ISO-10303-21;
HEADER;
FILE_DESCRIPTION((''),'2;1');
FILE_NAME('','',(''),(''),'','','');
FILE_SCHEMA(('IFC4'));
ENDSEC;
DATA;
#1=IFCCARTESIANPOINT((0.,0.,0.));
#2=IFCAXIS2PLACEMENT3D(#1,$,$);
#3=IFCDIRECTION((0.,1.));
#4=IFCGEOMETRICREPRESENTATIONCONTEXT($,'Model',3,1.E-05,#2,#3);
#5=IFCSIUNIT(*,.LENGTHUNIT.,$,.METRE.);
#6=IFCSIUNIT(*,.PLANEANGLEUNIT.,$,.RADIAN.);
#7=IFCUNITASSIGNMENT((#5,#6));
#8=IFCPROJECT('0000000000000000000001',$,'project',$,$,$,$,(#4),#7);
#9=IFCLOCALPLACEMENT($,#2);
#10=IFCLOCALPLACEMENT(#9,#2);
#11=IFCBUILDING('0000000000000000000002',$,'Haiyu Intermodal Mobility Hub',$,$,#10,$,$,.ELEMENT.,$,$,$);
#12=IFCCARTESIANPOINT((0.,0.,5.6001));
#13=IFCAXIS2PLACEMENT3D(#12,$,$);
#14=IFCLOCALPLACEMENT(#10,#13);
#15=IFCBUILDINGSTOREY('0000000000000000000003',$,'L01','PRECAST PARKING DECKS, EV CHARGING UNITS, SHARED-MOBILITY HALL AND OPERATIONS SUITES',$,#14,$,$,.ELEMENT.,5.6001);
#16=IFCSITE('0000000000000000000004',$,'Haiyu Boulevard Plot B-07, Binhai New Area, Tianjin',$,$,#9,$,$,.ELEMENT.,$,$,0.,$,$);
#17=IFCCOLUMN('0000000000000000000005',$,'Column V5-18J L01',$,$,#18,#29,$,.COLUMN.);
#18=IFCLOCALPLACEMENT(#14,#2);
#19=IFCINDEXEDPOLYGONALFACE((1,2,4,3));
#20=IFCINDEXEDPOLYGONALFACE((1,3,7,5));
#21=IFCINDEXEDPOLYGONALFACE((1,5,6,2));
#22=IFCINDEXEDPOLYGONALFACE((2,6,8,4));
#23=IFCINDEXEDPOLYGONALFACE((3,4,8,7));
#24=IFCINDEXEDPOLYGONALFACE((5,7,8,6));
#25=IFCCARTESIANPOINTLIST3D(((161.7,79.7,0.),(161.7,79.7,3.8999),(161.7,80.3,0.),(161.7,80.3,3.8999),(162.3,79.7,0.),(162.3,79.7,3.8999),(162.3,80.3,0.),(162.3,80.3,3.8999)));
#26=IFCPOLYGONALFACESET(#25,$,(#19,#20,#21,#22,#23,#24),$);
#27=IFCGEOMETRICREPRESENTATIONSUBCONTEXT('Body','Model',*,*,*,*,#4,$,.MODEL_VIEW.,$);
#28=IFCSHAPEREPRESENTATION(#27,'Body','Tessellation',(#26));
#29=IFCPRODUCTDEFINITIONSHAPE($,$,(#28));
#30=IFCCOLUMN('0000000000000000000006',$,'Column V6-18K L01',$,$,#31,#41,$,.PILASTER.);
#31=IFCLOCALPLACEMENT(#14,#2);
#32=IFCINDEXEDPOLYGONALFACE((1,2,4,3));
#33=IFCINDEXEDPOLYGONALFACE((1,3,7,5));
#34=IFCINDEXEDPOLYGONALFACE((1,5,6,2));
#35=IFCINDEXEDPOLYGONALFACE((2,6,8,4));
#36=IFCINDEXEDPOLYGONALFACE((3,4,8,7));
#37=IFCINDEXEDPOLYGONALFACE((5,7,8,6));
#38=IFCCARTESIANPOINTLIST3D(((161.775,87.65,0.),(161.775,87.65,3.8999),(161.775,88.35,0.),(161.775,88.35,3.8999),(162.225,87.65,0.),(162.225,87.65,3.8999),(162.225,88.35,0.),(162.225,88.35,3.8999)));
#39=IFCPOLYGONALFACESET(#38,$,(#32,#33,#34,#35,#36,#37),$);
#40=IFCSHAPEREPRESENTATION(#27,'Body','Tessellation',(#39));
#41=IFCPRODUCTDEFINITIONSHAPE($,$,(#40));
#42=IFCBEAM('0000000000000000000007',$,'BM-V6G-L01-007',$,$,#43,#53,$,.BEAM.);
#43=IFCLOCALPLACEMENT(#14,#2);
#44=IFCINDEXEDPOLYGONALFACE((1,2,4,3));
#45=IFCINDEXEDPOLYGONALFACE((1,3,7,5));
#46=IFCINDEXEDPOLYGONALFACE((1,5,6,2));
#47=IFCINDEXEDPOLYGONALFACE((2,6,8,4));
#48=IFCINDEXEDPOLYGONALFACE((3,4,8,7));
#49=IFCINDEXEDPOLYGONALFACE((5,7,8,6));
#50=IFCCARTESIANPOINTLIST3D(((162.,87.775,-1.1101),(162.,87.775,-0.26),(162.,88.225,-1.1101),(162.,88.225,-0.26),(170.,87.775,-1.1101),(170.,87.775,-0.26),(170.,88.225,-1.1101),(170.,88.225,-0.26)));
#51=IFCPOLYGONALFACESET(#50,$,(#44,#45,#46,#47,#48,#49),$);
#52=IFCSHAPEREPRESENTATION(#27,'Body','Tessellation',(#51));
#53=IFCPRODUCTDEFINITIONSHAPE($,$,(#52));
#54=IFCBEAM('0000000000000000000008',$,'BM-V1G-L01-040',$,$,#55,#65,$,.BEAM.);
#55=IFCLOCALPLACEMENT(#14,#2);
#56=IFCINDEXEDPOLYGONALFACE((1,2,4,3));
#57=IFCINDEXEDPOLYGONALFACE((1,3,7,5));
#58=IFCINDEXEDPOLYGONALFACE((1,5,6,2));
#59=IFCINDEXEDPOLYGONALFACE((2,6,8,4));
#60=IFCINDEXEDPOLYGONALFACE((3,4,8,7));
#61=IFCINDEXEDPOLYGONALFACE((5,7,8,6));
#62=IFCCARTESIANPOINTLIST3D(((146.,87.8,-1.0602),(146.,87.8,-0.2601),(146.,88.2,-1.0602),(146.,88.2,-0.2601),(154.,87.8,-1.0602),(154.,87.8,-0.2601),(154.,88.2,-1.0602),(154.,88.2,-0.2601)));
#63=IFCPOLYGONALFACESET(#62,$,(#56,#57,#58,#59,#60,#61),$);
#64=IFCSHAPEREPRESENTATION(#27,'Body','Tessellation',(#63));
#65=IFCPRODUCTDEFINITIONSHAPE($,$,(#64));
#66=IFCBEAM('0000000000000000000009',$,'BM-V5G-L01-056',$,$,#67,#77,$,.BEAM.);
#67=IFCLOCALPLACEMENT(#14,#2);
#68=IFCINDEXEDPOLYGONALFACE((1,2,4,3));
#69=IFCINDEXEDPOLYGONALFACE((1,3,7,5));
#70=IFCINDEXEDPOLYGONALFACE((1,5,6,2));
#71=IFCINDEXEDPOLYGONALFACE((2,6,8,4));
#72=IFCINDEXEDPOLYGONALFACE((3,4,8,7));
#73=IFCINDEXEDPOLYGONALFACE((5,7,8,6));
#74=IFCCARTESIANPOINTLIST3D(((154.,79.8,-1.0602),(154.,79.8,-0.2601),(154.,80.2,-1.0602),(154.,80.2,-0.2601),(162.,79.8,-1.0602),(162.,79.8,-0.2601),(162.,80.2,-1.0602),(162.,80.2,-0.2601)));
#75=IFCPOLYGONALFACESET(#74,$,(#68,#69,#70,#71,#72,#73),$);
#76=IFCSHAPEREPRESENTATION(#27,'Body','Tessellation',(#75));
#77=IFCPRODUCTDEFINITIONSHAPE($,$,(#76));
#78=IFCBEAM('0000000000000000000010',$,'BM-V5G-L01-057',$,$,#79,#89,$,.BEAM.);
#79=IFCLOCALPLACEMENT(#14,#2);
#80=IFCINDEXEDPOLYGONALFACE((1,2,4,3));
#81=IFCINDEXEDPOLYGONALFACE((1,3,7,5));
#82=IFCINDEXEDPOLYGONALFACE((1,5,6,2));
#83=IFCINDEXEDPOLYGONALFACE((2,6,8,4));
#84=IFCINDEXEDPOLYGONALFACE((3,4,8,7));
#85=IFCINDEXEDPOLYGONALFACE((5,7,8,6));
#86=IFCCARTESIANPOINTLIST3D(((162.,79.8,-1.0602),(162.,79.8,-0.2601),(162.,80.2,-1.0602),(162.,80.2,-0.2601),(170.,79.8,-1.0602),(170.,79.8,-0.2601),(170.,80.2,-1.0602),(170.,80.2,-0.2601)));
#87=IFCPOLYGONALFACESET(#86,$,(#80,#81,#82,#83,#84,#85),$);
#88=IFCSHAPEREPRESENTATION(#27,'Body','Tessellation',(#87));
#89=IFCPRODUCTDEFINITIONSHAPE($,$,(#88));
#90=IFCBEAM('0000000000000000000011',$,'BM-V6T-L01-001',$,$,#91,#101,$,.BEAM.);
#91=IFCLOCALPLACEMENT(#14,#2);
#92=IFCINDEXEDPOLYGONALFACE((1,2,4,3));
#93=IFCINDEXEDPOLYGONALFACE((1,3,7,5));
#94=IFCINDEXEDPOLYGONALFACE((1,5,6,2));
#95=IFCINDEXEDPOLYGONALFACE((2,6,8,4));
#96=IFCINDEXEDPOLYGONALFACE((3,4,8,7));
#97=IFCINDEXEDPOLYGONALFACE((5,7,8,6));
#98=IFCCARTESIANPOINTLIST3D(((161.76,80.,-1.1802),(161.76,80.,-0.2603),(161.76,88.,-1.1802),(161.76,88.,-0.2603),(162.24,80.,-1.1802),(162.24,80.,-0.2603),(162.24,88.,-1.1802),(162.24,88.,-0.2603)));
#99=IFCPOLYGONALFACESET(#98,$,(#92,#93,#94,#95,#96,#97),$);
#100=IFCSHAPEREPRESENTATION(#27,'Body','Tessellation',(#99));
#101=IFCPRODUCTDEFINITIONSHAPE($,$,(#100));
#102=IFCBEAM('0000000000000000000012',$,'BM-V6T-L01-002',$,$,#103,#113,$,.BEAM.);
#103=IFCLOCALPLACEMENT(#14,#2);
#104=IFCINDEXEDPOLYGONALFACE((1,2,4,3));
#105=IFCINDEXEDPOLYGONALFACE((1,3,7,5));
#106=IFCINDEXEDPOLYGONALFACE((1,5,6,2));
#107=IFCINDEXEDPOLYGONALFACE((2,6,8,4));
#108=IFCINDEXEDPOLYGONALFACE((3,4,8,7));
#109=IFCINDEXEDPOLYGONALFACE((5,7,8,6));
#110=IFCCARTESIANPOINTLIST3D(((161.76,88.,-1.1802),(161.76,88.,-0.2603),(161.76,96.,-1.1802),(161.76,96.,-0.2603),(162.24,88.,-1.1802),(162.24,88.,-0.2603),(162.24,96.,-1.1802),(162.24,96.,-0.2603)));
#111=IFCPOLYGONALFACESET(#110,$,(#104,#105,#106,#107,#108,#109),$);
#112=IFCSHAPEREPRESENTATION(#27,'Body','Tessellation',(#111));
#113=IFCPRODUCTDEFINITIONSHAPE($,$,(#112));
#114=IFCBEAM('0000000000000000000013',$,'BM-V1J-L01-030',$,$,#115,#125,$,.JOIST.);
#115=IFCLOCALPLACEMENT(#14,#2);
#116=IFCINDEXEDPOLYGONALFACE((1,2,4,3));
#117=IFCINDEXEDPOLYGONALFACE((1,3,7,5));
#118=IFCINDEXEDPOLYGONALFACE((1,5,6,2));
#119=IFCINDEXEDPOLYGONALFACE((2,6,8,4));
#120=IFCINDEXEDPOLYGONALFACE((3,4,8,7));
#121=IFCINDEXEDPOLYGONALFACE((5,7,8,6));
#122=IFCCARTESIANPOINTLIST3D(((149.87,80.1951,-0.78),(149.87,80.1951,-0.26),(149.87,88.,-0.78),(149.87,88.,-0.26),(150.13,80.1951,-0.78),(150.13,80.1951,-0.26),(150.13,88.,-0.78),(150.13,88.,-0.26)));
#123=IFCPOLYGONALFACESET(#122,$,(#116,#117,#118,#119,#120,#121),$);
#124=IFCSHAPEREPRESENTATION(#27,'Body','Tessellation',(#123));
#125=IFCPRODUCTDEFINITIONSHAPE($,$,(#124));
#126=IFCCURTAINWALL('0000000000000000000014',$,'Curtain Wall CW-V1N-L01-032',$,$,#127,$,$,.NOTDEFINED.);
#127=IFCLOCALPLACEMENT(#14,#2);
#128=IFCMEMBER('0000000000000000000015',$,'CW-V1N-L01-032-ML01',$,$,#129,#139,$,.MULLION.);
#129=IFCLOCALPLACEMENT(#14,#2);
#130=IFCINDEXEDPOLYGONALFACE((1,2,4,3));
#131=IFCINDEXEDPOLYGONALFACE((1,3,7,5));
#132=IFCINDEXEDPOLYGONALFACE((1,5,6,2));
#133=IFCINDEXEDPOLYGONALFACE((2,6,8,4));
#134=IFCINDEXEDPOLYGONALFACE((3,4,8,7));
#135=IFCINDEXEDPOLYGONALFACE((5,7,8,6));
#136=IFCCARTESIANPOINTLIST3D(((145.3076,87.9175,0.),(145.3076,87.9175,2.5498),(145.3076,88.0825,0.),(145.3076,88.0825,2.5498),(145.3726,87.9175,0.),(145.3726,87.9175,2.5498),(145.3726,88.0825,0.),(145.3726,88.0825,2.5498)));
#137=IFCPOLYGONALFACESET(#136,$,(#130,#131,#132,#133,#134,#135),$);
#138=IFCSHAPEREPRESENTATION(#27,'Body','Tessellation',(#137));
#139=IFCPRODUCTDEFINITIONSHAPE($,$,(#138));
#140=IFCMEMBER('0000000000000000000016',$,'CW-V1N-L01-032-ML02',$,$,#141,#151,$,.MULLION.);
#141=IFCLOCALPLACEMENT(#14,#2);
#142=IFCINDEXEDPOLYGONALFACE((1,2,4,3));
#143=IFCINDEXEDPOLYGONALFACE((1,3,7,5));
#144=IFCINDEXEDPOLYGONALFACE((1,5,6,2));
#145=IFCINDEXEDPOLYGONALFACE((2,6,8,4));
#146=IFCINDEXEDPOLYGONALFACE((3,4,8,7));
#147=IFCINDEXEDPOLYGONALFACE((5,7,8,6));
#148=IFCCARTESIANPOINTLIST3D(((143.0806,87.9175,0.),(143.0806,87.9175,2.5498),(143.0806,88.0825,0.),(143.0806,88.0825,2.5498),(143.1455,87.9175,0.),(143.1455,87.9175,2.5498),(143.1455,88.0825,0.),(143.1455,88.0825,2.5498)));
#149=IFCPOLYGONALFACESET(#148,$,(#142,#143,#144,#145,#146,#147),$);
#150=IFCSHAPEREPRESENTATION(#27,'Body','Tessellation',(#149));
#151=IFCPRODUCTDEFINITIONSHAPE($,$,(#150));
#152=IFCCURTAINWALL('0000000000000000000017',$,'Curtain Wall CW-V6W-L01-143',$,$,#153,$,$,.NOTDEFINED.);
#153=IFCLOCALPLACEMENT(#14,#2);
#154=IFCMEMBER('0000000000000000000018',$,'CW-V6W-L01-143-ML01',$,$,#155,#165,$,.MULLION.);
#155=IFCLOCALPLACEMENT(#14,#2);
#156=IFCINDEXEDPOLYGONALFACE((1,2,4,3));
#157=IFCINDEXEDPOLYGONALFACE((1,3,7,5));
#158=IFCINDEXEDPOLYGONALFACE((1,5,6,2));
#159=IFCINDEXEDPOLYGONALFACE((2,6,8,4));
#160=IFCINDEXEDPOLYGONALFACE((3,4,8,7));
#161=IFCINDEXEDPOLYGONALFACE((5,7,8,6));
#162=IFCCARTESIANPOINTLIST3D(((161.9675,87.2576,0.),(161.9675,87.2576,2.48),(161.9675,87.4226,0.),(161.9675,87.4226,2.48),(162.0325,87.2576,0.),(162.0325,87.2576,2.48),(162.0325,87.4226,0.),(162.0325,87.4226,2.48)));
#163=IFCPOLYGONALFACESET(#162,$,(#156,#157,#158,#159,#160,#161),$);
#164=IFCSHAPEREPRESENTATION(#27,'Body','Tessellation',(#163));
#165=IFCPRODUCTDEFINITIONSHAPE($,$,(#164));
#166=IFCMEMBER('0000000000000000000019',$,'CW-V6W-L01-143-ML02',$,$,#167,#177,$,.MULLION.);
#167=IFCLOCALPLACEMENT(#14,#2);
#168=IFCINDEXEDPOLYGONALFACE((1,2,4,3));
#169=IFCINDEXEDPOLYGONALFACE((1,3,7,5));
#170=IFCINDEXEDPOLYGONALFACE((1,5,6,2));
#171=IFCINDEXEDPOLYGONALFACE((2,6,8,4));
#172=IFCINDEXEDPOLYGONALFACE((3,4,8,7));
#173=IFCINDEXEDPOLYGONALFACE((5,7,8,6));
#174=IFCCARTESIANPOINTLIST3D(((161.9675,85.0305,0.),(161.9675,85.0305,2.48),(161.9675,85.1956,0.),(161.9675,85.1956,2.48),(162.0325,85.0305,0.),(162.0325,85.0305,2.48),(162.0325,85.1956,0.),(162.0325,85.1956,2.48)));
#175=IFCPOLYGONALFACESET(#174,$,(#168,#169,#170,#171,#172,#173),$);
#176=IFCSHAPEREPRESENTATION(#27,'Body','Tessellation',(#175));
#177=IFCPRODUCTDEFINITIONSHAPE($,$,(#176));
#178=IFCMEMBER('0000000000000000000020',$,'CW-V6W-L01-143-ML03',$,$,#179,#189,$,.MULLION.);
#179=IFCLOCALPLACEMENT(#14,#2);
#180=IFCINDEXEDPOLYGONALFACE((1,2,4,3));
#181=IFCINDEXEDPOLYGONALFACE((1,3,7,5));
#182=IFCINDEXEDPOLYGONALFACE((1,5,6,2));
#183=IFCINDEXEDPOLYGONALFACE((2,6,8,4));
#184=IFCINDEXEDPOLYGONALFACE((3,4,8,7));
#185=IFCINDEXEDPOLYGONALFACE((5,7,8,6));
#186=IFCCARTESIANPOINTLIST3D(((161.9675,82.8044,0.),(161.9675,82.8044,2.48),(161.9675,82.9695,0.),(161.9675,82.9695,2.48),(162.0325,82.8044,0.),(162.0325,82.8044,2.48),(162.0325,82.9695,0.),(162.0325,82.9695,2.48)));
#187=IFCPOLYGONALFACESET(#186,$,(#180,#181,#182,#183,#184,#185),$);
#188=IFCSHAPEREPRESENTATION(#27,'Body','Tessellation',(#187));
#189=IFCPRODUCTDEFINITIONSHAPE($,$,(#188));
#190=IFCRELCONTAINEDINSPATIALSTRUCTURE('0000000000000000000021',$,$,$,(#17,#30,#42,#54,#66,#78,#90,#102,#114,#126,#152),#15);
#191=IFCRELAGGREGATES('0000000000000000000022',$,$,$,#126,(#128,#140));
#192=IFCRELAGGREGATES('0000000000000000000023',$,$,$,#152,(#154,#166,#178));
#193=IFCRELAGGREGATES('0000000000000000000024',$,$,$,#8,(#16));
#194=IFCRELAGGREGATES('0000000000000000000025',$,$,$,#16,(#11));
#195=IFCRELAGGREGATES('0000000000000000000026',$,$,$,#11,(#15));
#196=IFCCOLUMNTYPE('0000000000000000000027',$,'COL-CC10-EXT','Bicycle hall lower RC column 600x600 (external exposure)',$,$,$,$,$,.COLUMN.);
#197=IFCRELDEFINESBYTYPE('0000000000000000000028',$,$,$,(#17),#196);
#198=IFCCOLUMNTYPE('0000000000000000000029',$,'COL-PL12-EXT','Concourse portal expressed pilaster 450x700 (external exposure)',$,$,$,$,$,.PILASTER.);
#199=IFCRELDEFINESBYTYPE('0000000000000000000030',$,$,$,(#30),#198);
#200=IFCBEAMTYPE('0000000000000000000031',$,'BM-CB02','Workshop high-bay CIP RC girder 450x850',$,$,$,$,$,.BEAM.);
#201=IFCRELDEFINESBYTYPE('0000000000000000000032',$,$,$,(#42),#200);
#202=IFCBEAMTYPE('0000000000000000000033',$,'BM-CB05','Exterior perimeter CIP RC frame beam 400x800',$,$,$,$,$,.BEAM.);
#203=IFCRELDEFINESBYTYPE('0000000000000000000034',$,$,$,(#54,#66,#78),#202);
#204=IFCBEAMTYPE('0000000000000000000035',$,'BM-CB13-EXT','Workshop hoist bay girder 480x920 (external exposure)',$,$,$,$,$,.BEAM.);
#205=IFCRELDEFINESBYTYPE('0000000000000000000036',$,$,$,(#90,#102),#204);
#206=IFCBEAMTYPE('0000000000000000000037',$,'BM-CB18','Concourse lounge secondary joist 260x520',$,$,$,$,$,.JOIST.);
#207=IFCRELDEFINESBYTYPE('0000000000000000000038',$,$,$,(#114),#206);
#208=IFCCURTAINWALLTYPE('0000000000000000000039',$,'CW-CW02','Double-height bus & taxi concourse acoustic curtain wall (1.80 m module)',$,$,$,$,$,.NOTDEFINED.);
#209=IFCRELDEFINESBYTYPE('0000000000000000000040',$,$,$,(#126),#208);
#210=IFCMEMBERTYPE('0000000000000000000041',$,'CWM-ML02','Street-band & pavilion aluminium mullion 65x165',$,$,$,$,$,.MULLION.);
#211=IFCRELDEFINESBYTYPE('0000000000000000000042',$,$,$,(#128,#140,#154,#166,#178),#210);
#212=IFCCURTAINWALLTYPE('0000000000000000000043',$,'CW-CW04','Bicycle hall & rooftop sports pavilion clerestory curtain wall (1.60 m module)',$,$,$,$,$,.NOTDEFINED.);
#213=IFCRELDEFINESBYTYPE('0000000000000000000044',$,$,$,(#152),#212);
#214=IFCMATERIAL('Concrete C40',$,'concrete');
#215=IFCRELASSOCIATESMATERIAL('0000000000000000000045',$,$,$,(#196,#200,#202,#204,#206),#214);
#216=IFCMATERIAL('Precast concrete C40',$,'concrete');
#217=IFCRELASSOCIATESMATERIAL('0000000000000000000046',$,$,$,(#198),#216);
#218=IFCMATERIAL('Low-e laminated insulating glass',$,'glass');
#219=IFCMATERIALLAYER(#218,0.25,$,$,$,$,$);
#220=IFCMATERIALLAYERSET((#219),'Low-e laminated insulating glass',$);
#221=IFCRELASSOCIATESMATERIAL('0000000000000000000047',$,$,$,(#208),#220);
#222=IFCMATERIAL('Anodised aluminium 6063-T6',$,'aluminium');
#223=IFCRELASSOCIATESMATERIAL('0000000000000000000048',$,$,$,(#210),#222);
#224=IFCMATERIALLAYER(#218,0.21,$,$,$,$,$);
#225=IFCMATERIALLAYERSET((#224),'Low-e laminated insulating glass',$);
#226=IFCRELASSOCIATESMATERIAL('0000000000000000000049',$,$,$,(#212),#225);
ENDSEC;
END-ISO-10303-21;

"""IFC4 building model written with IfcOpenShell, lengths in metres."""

from ifc_helpers import new_model, si_unit, direction, frame, origin, origin_2d, place, context, subcontext, project, spatial, rectangle, extrude, material, layer, layer_set, material_profile, profile_set, type_object, element, aggregate, save


model = new_model("IFC4")

# Units and contexts
model_context = context("Model", 3, precision=1e-05, world=origin(), true_north=direction((0.0, 1.0)))
body_context = subcontext(model_context, "Body", "Model", "MODEL_VIEW")
ifc_project = project(units=[si_unit("LENGTHUNIT", "METRE"), si_unit("PLANEANGLEUNIT", "RADIAN")], contexts=[model_context])

# Site, building, storey
site_placement = place(None, origin())
site = spatial("IfcSite", under=ifc_project, at=site_placement, Name="Haiyu Boulevard Plot B-07, Binhai New Area, Tianjin", CompositionType="ELEMENT", RefElevation=0.0)
building_placement = place(site_placement, origin())
building = spatial("IfcBuilding", under=site, at=building_placement, Name="Haiyu Intermodal Mobility Hub", CompositionType="ELEMENT")
storey_placement = place(building_placement, frame((0.0, 0.0, 5.6001)))
storey = spatial("IfcBuildingStorey", under=building, at=storey_placement, Name="L01", Description="PRECAST PARKING DECKS, EV CHARGING UNITS, SHARED-MOBILITY HALL AND OPERATIONS SUITES", CompositionType="ELEMENT", Elevation=5.6001)

# Columns
ifc_material_1 = material(Name="Concrete C40", Category="concrete")
ifc_material_profile_1 = material_profile(ifc_material_1, rectangle(XDim=0.6001, YDim=0.6001, at=origin_2d()), Name="RC600x600")
ifc_profile_set_1 = profile_set([ifc_material_profile_1], Name="Concrete C40")
column_type_1 = type_object("IfcColumnType", Name="COL-CC10-EXT", Description="Bicycle hall lower RC column 600x600 (external exposure)", PredefinedType="COLUMN", material=ifc_profile_set_1)
column_1_placement = place(storey_placement, frame((162.0, 80.0, 0.0), z_axis=(0.0, 0.0, 1.0), x_axis=(1.0, 0.0, 0.0)))
element("IfcColumn", 1, at=column_1_placement, inside=storey, type_object=column_type_1, Name="Column V5-18J L01", PredefinedType="COLUMN", context=body_context, shape_type="SweptSolid", body=[
    extrude(rectangle(XDim=0.6001, YDim=0.6001, at=origin_2d()), origin(), (0.0, 0.0, 1.0), 3.8999),
])
ifc_material_2 = material(Name="Precast concrete C40", Category="concrete")
ifc_material_profile_2 = material_profile(ifc_material_2, rectangle(XDim=0.45, YDim=0.7, at=origin_2d()), Name="RC450x700")
ifc_profile_set_2 = profile_set([ifc_material_profile_2], Name="Precast concrete C40")
column_type_2 = type_object("IfcColumnType", Name="COL-PL12-EXT", Description="Concourse portal expressed pilaster 450x700 (external exposure)", PredefinedType="PILASTER", material=ifc_profile_set_2)
column_2_placement = place(storey_placement, frame((162.0, 88.0, 0.0), z_axis=(0.0, 0.0, 1.0), x_axis=(1.0, 0.0, 0.0)))
element("IfcColumn", 2, at=column_2_placement, inside=storey, type_object=column_type_2, Name="Column V6-18K L01", PredefinedType="PILASTER", context=body_context, shape_type="SweptSolid", body=[
    extrude(rectangle(XDim=0.45, YDim=0.7, at=origin_2d()), origin(), (0.0, 0.0, 1.0), 3.8999),
])

# Beams
ifc_material_profile_3 = material_profile(ifc_material_1, rectangle(XDim=0.45, YDim=0.8501, at=origin_2d()), Name="RCB450x850")
ifc_profile_set_3 = profile_set([ifc_material_profile_3], Name="Concrete C40")
beam_type_1 = type_object("IfcBeamType", Name="BM-CB02", Description="Workshop high-bay CIP RC girder 450x850", PredefinedType="BEAM", material=ifc_profile_set_3)
beam_1_placement = place(storey_placement, frame((162.0, 88.0, -0.6851), z_axis=(1.0, 0.0, 0.0), x_axis=(0.0, 1.0, 0.0)))
element("IfcBeam", 3, at=beam_1_placement, inside=storey, type_object=beam_type_1, Name="BM-V6G-L01-007", PredefinedType="BEAM", context=body_context, shape_type="SweptSolid", body=[
    extrude(rectangle(XDim=0.45, YDim=0.8501, at=origin_2d()), origin(), (0.0, 0.0, 1.0), 8.0),
])
ifc_material_profile_4 = material_profile(ifc_material_1, rectangle(XDim=0.3999, YDim=0.8, at=origin_2d()), Name="RCB400x800")
ifc_profile_set_4 = profile_set([ifc_material_profile_4], Name="Concrete C40")
beam_type_2 = type_object("IfcBeamType", Name="BM-CB05", Description="Exterior perimeter CIP RC frame beam 400x800", PredefinedType="BEAM", material=ifc_profile_set_4)
for number, where, z_axis, x_axis, name in (
    (4, (146.0, 88.0, -0.6602), (1.0, 0.0, 0.0), (0.0, 1.0, 0.0), "BM-V1G-L01-040"),
    (5, (154.0, 80.0, -0.6602), (1.0, 0.0, 0.0), (0.0, 1.0, 0.0), "BM-V5G-L01-056"),
    (6, (162.0, 80.0, -0.6602), (1.0, 0.0, 0.0), (0.0, 1.0, 0.0), "BM-V5G-L01-057"),
):
    element("IfcBeam", number, at=place(storey_placement, frame(where, z_axis=z_axis, x_axis=x_axis)), inside=storey, type_object=beam_type_2, Name=name, PredefinedType="BEAM", context=body_context, shape_type="SweptSolid", body=[
        extrude(rectangle(XDim=0.3999, YDim=0.8, at=origin_2d()), origin(), (0.0, 0.0, 1.0), 8.0),
    ])
ifc_material_profile_5 = material_profile(ifc_material_1, rectangle(XDim=0.48, YDim=0.9199, at=origin_2d()), Name="B480x920")
ifc_profile_set_5 = profile_set([ifc_material_profile_5], Name="Concrete C40")
beam_type_3 = type_object("IfcBeamType", Name="BM-CB13-EXT", Description="Workshop hoist bay girder 480x920 (external exposure)", PredefinedType="BEAM", material=ifc_profile_set_5)
for number, where, z_axis, x_axis, name in (
    (7, (162.0, 80.0, -0.7202), (0.0, 1.0, 0.0), (-1.0, 0.0, 0.0), "BM-V6T-L01-001"),
    (8, (162.0, 88.0, -0.7202), (0.0, 1.0, 0.0), (-1.0, 0.0, 0.0), "BM-V6T-L01-002"),
):
    element("IfcBeam", number, at=place(storey_placement, frame(where, z_axis=z_axis, x_axis=x_axis)), inside=storey, type_object=beam_type_3, Name=name, PredefinedType="BEAM", context=body_context, shape_type="SweptSolid", body=[
        extrude(rectangle(XDim=0.48, YDim=0.9199, at=origin_2d()), origin(), (0.0, 0.0, 1.0), 8.0),
    ])
ifc_material_profile_6 = material_profile(ifc_material_1, rectangle(XDim=0.26, YDim=0.52, at=origin_2d()), Name="B260x520")
ifc_profile_set_6 = profile_set([ifc_material_profile_6], Name="Concrete C40")
beam_type_4 = type_object("IfcBeamType", Name="BM-CB18", Description="Concourse lounge secondary joist 260x520", PredefinedType="JOIST", material=ifc_profile_set_6)
beam_2_placement = place(storey_placement, frame((150.0, 80.1951, -0.52), z_axis=(0.0, 1.0, 0.0), x_axis=(-1.0, 0.0, 0.0)))
element("IfcBeam", 9, at=beam_2_placement, inside=storey, type_object=beam_type_4, Name="BM-V1J-L01-030", PredefinedType="JOIST", context=body_context, shape_type="SweptSolid", body=[
    extrude(rectangle(XDim=0.26, YDim=0.52, at=origin_2d()), origin(), (0.0, 0.0, 1.0), 7.8049),
])

# Curtain walls, members
ifc_material_3 = material(Name="Low-e laminated insulating glass", Category="glass")
ifc_layer_1 = layer(ifc_material_3, 0.25)
ifc_layer_set_1 = layer_set([ifc_layer_1], Name="Low-e laminated insulating glass")
curtain_wall_type_1 = type_object("IfcCurtainWallType", Name="CW-CW02", Description="Double-height bus & taxi concourse acoustic curtain wall (1.80 m module)", PredefinedType="NOTDEFINED", material=ifc_layer_set_1)
curtain_wall_1_placement = place(storey_placement, origin())
curtain_wall_1 = element("IfcCurtainWall", 10, at=curtain_wall_1_placement, inside=storey, type_object=curtain_wall_type_1, Name="Curtain Wall CW-V1N-L01-032", PredefinedType="NOTDEFINED")
ifc_material_4 = material(Name="Anodised aluminium 6063-T6", Category="aluminium")
ifc_material_profile_7 = material_profile(ifc_material_4, rectangle(XDim=0.0649, YDim=0.165, at=origin_2d()), Name="ALU65x165")
ifc_profile_set_7 = profile_set([ifc_material_profile_7], Name="Anodised aluminium 6063-T6")
member_type_1 = type_object("IfcMemberType", Name="CWM-ML02", Description="Street-band & pavilion aluminium mullion 65x165", PredefinedType="MULLION", material=ifc_profile_set_7)
member_1_placement = place(storey_placement, frame((145.3401, 88.0, 0.0), z_axis=(0.0, 0.0, 1.0), x_axis=(1.0, 0.0, 0.0)))
member_1 = element("IfcMember", 11, at=member_1_placement, type_object=member_type_1, Name="CW-V1N-L01-032-ML01", PredefinedType="MULLION", context=body_context, shape_type="SweptSolid", body=[
    extrude(rectangle(XDim=0.0649, YDim=0.165, at=origin_2d()), origin(), (0.0, 0.0, 1.0), 2.5498),
])
member_2_placement = place(storey_placement, frame((143.113, 88.0, 0.0), z_axis=(0.0, 0.0, 1.0), x_axis=(1.0, 0.0, 0.0)))
member_2 = element("IfcMember", 12, at=member_2_placement, type_object=member_type_1, Name="CW-V1N-L01-032-ML02", PredefinedType="MULLION", context=body_context, shape_type="SweptSolid", body=[
    extrude(rectangle(XDim=0.0649, YDim=0.165, at=origin_2d()), origin(), (0.0, 0.0, 1.0), 2.5498),
])
ifc_layer_2 = layer(ifc_material_3, 0.21)
ifc_layer_set_2 = layer_set([ifc_layer_2], Name="Low-e laminated insulating glass")
curtain_wall_type_2 = type_object("IfcCurtainWallType", Name="CW-CW04", Description="Bicycle hall & rooftop sports pavilion clerestory curtain wall (1.60 m module)", PredefinedType="NOTDEFINED", material=ifc_layer_set_2)
curtain_wall_2_placement = place(storey_placement, origin())
curtain_wall_2 = element("IfcCurtainWall", 13, at=curtain_wall_2_placement, inside=storey, type_object=curtain_wall_type_2, Name="Curtain Wall CW-V6W-L01-143", PredefinedType="NOTDEFINED")
member_3_placement = place(storey_placement, frame((162.0, 87.3401, 0.0), z_axis=(0.0, 0.0, 1.0), x_axis=(1.0, 0.0, 0.0)))
member_3 = element("IfcMember", 14, at=member_3_placement, type_object=member_type_1, Name="CW-V6W-L01-143-ML01", PredefinedType="MULLION", context=body_context, shape_type="SweptSolid", body=[
    extrude(rectangle(XDim=0.0649, YDim=0.165, at=origin_2d()), origin(), (0.0, 0.0, 1.0), 2.48),
])
member_4_placement = place(storey_placement, frame((162.0, 85.113, 0.0), z_axis=(0.0, 0.0, 1.0), x_axis=(1.0, 0.0, 0.0)))
member_4 = element("IfcMember", 15, at=member_4_placement, type_object=member_type_1, Name="CW-V6W-L01-143-ML02", PredefinedType="MULLION", context=body_context, shape_type="SweptSolid", body=[
    extrude(rectangle(XDim=0.0649, YDim=0.165, at=origin_2d()), origin(), (0.0, 0.0, 1.0), 2.48),
])
member_5_placement = place(storey_placement, frame((162.0, 82.887, 0.0), z_axis=(0.0, 0.0, 1.0), x_axis=(1.0, 0.0, 0.0)))
member_5 = element("IfcMember", 16, at=member_5_placement, type_object=member_type_1, Name="CW-V6W-L01-143-ML03", PredefinedType="MULLION", context=body_context, shape_type="SweptSolid", body=[
    extrude(rectangle(XDim=0.0649, YDim=0.165, at=origin_2d()), origin(), (0.0, 0.0, 1.0), 2.48),
])

aggregate(curtain_wall_1, [member_1, member_2])
aggregate(curtain_wall_2, [member_3, member_4, member_5])

save(model, "model.ifc")
